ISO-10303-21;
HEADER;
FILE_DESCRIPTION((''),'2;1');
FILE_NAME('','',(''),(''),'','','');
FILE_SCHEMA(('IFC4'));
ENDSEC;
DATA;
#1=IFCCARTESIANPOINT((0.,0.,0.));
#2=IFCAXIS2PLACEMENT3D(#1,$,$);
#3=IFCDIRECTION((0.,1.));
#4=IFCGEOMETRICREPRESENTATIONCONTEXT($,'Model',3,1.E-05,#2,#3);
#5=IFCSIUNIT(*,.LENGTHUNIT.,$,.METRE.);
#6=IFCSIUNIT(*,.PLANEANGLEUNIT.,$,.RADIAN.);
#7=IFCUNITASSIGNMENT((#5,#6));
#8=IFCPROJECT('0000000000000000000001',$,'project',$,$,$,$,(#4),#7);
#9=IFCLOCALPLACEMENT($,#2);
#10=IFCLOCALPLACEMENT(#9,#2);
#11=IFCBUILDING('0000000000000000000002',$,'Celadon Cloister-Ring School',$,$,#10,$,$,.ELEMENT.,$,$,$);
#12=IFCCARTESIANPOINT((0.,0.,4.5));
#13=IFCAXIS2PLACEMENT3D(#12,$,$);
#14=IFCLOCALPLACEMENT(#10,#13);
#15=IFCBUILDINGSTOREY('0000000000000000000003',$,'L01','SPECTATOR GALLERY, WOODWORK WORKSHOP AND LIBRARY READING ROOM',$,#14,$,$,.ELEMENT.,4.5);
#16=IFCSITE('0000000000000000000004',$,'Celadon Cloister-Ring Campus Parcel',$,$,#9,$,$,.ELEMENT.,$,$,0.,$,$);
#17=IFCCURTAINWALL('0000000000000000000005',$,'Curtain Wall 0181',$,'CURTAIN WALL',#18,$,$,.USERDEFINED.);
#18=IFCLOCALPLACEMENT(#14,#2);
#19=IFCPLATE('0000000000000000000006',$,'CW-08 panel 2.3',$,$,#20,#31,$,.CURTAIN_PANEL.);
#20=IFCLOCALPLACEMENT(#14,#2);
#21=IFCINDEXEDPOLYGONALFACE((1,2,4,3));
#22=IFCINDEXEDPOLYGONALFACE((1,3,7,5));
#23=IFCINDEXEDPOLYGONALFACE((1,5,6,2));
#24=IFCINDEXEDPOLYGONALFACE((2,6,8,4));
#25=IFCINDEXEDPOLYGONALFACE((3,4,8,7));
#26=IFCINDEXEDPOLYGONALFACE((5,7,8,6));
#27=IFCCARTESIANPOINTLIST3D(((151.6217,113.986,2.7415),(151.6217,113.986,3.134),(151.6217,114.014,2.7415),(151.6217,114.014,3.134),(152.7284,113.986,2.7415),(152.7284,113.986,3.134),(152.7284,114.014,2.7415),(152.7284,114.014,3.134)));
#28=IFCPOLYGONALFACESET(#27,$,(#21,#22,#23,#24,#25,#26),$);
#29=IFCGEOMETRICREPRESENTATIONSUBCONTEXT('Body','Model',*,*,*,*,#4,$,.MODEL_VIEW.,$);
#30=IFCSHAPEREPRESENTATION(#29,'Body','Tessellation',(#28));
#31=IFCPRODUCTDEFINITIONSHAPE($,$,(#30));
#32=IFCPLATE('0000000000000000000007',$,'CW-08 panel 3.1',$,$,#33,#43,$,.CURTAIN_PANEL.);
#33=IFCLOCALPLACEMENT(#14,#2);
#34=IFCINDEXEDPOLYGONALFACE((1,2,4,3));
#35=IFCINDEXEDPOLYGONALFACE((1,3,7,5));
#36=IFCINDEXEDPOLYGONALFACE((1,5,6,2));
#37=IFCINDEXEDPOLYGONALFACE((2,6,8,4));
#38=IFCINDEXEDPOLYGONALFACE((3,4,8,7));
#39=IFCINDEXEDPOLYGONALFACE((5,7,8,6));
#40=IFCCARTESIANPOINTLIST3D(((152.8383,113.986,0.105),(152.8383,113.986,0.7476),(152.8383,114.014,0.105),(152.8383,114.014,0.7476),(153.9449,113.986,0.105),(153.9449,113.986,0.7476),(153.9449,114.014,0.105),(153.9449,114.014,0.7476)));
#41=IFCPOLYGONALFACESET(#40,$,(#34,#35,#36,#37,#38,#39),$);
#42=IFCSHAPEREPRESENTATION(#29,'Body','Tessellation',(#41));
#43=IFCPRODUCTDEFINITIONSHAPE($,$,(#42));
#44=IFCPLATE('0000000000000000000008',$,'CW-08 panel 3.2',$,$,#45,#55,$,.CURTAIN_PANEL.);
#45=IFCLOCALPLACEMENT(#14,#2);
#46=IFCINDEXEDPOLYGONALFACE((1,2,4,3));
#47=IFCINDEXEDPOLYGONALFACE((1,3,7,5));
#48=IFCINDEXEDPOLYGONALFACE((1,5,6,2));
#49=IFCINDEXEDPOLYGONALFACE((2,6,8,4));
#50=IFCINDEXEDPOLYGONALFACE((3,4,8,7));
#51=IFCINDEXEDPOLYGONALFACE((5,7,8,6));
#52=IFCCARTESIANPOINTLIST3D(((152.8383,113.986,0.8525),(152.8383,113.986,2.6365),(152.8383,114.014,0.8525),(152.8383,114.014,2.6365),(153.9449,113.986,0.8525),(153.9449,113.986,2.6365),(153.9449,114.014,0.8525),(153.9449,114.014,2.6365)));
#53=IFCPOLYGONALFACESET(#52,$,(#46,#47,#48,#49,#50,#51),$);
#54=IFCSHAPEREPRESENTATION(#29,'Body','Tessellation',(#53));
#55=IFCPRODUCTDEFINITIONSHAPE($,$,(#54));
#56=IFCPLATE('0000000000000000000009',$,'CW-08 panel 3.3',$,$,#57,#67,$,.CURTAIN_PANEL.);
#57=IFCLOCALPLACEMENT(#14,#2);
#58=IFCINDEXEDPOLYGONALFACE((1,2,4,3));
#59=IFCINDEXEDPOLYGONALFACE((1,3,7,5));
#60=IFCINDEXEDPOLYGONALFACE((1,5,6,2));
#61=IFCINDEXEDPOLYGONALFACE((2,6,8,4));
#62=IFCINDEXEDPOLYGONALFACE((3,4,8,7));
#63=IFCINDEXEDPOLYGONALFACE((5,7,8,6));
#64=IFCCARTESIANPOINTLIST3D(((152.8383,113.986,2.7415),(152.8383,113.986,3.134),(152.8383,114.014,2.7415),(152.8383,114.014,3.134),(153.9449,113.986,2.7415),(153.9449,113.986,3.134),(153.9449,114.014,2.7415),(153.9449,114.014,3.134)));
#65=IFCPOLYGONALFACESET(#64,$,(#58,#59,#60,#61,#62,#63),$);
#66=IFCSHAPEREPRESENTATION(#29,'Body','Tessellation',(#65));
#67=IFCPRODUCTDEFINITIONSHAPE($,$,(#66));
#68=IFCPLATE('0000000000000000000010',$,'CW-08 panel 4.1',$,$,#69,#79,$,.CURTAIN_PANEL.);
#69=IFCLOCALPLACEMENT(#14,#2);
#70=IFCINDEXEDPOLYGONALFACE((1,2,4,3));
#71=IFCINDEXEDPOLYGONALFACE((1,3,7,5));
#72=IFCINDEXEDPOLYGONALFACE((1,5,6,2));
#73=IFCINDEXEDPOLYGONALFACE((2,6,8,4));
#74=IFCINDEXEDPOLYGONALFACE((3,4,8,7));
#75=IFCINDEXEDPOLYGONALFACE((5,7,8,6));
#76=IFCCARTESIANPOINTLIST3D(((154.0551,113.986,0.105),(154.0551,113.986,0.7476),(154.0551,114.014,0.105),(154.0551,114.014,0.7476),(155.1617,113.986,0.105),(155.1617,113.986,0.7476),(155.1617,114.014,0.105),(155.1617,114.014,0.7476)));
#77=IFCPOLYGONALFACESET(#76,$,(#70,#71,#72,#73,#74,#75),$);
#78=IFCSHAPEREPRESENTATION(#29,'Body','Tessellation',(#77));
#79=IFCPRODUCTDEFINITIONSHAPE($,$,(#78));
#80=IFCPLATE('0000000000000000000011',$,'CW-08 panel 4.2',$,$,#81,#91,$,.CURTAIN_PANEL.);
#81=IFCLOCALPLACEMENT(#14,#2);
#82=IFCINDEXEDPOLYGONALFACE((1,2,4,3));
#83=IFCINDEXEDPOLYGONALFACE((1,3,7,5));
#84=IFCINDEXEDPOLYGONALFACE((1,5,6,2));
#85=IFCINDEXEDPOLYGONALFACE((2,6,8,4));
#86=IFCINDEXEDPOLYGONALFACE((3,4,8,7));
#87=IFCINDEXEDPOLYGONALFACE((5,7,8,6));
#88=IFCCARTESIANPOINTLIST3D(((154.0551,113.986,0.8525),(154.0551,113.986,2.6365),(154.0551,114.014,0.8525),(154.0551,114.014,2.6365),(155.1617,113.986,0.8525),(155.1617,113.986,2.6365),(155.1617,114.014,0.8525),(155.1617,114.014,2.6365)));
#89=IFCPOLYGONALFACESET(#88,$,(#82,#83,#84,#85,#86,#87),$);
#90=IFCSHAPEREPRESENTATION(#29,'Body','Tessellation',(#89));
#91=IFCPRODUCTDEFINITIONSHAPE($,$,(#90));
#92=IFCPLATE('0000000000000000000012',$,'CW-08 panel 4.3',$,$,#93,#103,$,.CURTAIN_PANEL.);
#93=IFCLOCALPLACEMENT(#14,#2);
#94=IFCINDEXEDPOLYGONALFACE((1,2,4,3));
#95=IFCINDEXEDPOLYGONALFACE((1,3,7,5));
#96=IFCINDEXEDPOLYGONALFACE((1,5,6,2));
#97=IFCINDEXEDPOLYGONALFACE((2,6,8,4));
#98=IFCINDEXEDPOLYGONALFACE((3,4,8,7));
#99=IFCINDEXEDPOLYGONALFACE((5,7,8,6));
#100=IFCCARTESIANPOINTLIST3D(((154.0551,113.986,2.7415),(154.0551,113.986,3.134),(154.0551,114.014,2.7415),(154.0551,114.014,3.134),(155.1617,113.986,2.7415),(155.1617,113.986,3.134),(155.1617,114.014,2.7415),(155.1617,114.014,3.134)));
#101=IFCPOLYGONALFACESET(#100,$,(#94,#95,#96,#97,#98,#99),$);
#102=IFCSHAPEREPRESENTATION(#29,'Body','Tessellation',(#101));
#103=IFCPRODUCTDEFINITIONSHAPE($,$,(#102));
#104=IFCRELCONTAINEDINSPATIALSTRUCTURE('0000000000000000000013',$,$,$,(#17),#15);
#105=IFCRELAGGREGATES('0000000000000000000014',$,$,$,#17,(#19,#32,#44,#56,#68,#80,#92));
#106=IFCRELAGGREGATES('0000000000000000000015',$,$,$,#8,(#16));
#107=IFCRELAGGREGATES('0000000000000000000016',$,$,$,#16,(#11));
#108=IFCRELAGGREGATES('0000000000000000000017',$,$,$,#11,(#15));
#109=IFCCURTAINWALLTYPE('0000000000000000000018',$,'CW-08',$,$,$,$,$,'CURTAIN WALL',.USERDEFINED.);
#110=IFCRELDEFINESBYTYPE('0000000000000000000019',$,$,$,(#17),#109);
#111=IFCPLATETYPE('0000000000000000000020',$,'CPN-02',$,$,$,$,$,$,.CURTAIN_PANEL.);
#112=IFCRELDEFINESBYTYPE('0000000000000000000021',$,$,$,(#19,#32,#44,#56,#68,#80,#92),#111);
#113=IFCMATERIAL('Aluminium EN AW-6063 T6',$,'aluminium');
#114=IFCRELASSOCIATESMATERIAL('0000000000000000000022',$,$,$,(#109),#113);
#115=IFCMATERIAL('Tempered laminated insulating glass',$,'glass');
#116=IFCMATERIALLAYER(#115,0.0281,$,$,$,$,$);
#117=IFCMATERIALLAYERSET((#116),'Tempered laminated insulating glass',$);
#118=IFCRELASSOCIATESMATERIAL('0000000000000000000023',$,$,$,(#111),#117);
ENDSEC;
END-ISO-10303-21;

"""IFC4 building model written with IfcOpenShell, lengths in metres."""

from ifc_helpers import new_model, si_unit, direction, frame, origin, origin_2d, place, context, subcontext, project, spatial, rectangle, extrude, material, layer, layer_set, type_object, element, aggregate, save


model = new_model("IFC4")

# Units and contexts
model_context = context("Model", 3, precision=1e-05, world=origin(), true_north=direction((0.0, 1.0)))
body_context = subcontext(model_context, "Body", "Model", "MODEL_VIEW")
ifc_project = project(units=[si_unit("LENGTHUNIT", "METRE"), si_unit("PLANEANGLEUNIT", "RADIAN")], contexts=[model_context])

# Site, building, storey
site_placement = place(None, origin())
site = spatial("IfcSite", under=ifc_project, at=site_placement, Name="Celadon Cloister-Ring Campus Parcel", CompositionType="ELEMENT", RefElevation=0.0)
building_placement = place(site_placement, origin())
building = spatial("IfcBuilding", under=site, at=building_placement, Name="Celadon Cloister-Ring School", CompositionType="ELEMENT")
storey_placement = place(building_placement, frame((0.0, 0.0, 4.5)))
storey = spatial("IfcBuildingStorey", under=building, at=storey_placement, Name="L01", Description="SPECTATOR GALLERY, WOODWORK WORKSHOP AND LIBRARY READING ROOM", CompositionType="ELEMENT", Elevation=4.5)

# Curtain wall, plates
ifc_material_1 = material(Name="Aluminium EN AW-6063 T6", Category="aluminium")
curtain_wall_type = type_object("IfcCurtainWallType", Name="CW-08", ElementType="CURTAIN WALL", PredefinedType="USERDEFINED", material=ifc_material_1)
curtain_wall_placement = place(storey_placement, origin())
curtain_wall = element("IfcCurtainWall", 1, at=curtain_wall_placement, inside=storey, type_object=curtain_wall_type, Name="Curtain Wall 0181", ObjectType="CURTAIN WALL", PredefinedType="USERDEFINED")
ifc_material_2 = material(Name="Tempered laminated insulating glass", Category="glass")
ifc_layer = layer(ifc_material_2, 0.0281)
ifc_layer_set = layer_set([ifc_layer], Name="Tempered laminated insulating glass")
plate_type = type_object("IfcPlateType", Name="CPN-02", PredefinedType="CURTAIN_PANEL", material=ifc_layer_set)
plate_1_placement = place(storey_placement, frame((152.175, 114.0, 2.7415), z_axis=(0.0, 0.0, 1.0), x_axis=(1.0, 0.0, 0.0)))
plate_1 = element("IfcPlate", 2, at=plate_1_placement, type_object=plate_type, Name="CW-08 panel 2.3", PredefinedType="CURTAIN_PANEL", context=body_context, shape_type="SweptSolid", body=[
    extrude(rectangle(XDim=1.1067, YDim=0.0281, at=origin_2d()), origin(), (0.0, 0.0, 1.0), 0.3926),
])
plate_2_placement = place(storey_placement, frame((153.3916, 114.0, 0.105), z_axis=(0.0, 0.0, 1.0), x_axis=(1.0, 0.0, 0.0)))
plate_2 = element("IfcPlate", 3, at=plate_2_placement, type_object=plate_type, Name="CW-08 panel 3.1", PredefinedType="CURTAIN_PANEL", context=body_context, shape_type="SweptSolid", body=[
    extrude(rectangle(XDim=1.1067, YDim=0.0281, at=origin_2d()), origin(), (0.0, 0.0, 1.0), 0.6426),
])
plate_3_placement = place(storey_placement, frame((153.3916, 114.0, 0.8525), z_axis=(0.0, 0.0, 1.0), x_axis=(1.0, 0.0, 0.0)))
plate_3 = element("IfcPlate", 4, at=plate_3_placement, type_object=plate_type, Name="CW-08 panel 3.2", PredefinedType="CURTAIN_PANEL", context=body_context, shape_type="SweptSolid", body=[
    extrude(rectangle(XDim=1.1067, YDim=0.0281, at=origin_2d()), origin(), (0.0, 0.0, 1.0), 1.7839),
])
plate_4_placement = place(storey_placement, frame((153.3916, 114.0, 2.7415), z_axis=(0.0, 0.0, 1.0), x_axis=(1.0, 0.0, 0.0)))
plate_4 = element("IfcPlate", 5, at=plate_4_placement, type_object=plate_type, Name="CW-08 panel 3.3", PredefinedType="CURTAIN_PANEL", context=body_context, shape_type="SweptSolid", body=[
    extrude(rectangle(XDim=1.1067, YDim=0.0281, at=origin_2d()), origin(), (0.0, 0.0, 1.0), 0.3926),
])
plate_5_placement = place(storey_placement, frame((154.6084, 114.0, 0.105), z_axis=(0.0, 0.0, 1.0), x_axis=(1.0, 0.0, 0.0)))
plate_5 = element("IfcPlate", 6, at=plate_5_placement, type_object=plate_type, Name="CW-08 panel 4.1", PredefinedType="CURTAIN_PANEL", context=body_context, shape_type="SweptSolid", body=[
    extrude(rectangle(XDim=1.1067, YDim=0.0281, at=origin_2d()), origin(), (0.0, 0.0, 1.0), 0.6426),
])
plate_6_placement = place(storey_placement, frame((154.6084, 114.0, 0.8525), z_axis=(0.0, 0.0, 1.0), x_axis=(1.0, 0.0, 0.0)))
plate_6 = element("IfcPlate", 7, at=plate_6_placement, type_object=plate_type, Name="CW-08 panel 4.2", PredefinedType="CURTAIN_PANEL", context=body_context, shape_type="SweptSolid", body=[
    extrude(rectangle(XDim=1.1067, YDim=0.0281, at=origin_2d()), origin(), (0.0, 0.0, 1.0), 1.7839),
])
plate_7_placement = place(storey_placement, frame((154.6084, 114.0, 2.7415), z_axis=(0.0, 0.0, 1.0), x_axis=(1.0, 0.0, 0.0)))
plate_7 = element("IfcPlate", 8, at=plate_7_placement, type_object=plate_type, Name="CW-08 panel 4.3", PredefinedType="CURTAIN_PANEL", context=body_context, shape_type="SweptSolid", body=[
    extrude(rectangle(XDim=1.1067, YDim=0.0281, at=origin_2d()), origin(), (0.0, 0.0, 1.0), 0.3926),
])
aggregate(curtain_wall, [plate_1, plate_2, plate_3, plate_4, plate_5, plate_6, plate_7])

save(model, "model.ifc")
